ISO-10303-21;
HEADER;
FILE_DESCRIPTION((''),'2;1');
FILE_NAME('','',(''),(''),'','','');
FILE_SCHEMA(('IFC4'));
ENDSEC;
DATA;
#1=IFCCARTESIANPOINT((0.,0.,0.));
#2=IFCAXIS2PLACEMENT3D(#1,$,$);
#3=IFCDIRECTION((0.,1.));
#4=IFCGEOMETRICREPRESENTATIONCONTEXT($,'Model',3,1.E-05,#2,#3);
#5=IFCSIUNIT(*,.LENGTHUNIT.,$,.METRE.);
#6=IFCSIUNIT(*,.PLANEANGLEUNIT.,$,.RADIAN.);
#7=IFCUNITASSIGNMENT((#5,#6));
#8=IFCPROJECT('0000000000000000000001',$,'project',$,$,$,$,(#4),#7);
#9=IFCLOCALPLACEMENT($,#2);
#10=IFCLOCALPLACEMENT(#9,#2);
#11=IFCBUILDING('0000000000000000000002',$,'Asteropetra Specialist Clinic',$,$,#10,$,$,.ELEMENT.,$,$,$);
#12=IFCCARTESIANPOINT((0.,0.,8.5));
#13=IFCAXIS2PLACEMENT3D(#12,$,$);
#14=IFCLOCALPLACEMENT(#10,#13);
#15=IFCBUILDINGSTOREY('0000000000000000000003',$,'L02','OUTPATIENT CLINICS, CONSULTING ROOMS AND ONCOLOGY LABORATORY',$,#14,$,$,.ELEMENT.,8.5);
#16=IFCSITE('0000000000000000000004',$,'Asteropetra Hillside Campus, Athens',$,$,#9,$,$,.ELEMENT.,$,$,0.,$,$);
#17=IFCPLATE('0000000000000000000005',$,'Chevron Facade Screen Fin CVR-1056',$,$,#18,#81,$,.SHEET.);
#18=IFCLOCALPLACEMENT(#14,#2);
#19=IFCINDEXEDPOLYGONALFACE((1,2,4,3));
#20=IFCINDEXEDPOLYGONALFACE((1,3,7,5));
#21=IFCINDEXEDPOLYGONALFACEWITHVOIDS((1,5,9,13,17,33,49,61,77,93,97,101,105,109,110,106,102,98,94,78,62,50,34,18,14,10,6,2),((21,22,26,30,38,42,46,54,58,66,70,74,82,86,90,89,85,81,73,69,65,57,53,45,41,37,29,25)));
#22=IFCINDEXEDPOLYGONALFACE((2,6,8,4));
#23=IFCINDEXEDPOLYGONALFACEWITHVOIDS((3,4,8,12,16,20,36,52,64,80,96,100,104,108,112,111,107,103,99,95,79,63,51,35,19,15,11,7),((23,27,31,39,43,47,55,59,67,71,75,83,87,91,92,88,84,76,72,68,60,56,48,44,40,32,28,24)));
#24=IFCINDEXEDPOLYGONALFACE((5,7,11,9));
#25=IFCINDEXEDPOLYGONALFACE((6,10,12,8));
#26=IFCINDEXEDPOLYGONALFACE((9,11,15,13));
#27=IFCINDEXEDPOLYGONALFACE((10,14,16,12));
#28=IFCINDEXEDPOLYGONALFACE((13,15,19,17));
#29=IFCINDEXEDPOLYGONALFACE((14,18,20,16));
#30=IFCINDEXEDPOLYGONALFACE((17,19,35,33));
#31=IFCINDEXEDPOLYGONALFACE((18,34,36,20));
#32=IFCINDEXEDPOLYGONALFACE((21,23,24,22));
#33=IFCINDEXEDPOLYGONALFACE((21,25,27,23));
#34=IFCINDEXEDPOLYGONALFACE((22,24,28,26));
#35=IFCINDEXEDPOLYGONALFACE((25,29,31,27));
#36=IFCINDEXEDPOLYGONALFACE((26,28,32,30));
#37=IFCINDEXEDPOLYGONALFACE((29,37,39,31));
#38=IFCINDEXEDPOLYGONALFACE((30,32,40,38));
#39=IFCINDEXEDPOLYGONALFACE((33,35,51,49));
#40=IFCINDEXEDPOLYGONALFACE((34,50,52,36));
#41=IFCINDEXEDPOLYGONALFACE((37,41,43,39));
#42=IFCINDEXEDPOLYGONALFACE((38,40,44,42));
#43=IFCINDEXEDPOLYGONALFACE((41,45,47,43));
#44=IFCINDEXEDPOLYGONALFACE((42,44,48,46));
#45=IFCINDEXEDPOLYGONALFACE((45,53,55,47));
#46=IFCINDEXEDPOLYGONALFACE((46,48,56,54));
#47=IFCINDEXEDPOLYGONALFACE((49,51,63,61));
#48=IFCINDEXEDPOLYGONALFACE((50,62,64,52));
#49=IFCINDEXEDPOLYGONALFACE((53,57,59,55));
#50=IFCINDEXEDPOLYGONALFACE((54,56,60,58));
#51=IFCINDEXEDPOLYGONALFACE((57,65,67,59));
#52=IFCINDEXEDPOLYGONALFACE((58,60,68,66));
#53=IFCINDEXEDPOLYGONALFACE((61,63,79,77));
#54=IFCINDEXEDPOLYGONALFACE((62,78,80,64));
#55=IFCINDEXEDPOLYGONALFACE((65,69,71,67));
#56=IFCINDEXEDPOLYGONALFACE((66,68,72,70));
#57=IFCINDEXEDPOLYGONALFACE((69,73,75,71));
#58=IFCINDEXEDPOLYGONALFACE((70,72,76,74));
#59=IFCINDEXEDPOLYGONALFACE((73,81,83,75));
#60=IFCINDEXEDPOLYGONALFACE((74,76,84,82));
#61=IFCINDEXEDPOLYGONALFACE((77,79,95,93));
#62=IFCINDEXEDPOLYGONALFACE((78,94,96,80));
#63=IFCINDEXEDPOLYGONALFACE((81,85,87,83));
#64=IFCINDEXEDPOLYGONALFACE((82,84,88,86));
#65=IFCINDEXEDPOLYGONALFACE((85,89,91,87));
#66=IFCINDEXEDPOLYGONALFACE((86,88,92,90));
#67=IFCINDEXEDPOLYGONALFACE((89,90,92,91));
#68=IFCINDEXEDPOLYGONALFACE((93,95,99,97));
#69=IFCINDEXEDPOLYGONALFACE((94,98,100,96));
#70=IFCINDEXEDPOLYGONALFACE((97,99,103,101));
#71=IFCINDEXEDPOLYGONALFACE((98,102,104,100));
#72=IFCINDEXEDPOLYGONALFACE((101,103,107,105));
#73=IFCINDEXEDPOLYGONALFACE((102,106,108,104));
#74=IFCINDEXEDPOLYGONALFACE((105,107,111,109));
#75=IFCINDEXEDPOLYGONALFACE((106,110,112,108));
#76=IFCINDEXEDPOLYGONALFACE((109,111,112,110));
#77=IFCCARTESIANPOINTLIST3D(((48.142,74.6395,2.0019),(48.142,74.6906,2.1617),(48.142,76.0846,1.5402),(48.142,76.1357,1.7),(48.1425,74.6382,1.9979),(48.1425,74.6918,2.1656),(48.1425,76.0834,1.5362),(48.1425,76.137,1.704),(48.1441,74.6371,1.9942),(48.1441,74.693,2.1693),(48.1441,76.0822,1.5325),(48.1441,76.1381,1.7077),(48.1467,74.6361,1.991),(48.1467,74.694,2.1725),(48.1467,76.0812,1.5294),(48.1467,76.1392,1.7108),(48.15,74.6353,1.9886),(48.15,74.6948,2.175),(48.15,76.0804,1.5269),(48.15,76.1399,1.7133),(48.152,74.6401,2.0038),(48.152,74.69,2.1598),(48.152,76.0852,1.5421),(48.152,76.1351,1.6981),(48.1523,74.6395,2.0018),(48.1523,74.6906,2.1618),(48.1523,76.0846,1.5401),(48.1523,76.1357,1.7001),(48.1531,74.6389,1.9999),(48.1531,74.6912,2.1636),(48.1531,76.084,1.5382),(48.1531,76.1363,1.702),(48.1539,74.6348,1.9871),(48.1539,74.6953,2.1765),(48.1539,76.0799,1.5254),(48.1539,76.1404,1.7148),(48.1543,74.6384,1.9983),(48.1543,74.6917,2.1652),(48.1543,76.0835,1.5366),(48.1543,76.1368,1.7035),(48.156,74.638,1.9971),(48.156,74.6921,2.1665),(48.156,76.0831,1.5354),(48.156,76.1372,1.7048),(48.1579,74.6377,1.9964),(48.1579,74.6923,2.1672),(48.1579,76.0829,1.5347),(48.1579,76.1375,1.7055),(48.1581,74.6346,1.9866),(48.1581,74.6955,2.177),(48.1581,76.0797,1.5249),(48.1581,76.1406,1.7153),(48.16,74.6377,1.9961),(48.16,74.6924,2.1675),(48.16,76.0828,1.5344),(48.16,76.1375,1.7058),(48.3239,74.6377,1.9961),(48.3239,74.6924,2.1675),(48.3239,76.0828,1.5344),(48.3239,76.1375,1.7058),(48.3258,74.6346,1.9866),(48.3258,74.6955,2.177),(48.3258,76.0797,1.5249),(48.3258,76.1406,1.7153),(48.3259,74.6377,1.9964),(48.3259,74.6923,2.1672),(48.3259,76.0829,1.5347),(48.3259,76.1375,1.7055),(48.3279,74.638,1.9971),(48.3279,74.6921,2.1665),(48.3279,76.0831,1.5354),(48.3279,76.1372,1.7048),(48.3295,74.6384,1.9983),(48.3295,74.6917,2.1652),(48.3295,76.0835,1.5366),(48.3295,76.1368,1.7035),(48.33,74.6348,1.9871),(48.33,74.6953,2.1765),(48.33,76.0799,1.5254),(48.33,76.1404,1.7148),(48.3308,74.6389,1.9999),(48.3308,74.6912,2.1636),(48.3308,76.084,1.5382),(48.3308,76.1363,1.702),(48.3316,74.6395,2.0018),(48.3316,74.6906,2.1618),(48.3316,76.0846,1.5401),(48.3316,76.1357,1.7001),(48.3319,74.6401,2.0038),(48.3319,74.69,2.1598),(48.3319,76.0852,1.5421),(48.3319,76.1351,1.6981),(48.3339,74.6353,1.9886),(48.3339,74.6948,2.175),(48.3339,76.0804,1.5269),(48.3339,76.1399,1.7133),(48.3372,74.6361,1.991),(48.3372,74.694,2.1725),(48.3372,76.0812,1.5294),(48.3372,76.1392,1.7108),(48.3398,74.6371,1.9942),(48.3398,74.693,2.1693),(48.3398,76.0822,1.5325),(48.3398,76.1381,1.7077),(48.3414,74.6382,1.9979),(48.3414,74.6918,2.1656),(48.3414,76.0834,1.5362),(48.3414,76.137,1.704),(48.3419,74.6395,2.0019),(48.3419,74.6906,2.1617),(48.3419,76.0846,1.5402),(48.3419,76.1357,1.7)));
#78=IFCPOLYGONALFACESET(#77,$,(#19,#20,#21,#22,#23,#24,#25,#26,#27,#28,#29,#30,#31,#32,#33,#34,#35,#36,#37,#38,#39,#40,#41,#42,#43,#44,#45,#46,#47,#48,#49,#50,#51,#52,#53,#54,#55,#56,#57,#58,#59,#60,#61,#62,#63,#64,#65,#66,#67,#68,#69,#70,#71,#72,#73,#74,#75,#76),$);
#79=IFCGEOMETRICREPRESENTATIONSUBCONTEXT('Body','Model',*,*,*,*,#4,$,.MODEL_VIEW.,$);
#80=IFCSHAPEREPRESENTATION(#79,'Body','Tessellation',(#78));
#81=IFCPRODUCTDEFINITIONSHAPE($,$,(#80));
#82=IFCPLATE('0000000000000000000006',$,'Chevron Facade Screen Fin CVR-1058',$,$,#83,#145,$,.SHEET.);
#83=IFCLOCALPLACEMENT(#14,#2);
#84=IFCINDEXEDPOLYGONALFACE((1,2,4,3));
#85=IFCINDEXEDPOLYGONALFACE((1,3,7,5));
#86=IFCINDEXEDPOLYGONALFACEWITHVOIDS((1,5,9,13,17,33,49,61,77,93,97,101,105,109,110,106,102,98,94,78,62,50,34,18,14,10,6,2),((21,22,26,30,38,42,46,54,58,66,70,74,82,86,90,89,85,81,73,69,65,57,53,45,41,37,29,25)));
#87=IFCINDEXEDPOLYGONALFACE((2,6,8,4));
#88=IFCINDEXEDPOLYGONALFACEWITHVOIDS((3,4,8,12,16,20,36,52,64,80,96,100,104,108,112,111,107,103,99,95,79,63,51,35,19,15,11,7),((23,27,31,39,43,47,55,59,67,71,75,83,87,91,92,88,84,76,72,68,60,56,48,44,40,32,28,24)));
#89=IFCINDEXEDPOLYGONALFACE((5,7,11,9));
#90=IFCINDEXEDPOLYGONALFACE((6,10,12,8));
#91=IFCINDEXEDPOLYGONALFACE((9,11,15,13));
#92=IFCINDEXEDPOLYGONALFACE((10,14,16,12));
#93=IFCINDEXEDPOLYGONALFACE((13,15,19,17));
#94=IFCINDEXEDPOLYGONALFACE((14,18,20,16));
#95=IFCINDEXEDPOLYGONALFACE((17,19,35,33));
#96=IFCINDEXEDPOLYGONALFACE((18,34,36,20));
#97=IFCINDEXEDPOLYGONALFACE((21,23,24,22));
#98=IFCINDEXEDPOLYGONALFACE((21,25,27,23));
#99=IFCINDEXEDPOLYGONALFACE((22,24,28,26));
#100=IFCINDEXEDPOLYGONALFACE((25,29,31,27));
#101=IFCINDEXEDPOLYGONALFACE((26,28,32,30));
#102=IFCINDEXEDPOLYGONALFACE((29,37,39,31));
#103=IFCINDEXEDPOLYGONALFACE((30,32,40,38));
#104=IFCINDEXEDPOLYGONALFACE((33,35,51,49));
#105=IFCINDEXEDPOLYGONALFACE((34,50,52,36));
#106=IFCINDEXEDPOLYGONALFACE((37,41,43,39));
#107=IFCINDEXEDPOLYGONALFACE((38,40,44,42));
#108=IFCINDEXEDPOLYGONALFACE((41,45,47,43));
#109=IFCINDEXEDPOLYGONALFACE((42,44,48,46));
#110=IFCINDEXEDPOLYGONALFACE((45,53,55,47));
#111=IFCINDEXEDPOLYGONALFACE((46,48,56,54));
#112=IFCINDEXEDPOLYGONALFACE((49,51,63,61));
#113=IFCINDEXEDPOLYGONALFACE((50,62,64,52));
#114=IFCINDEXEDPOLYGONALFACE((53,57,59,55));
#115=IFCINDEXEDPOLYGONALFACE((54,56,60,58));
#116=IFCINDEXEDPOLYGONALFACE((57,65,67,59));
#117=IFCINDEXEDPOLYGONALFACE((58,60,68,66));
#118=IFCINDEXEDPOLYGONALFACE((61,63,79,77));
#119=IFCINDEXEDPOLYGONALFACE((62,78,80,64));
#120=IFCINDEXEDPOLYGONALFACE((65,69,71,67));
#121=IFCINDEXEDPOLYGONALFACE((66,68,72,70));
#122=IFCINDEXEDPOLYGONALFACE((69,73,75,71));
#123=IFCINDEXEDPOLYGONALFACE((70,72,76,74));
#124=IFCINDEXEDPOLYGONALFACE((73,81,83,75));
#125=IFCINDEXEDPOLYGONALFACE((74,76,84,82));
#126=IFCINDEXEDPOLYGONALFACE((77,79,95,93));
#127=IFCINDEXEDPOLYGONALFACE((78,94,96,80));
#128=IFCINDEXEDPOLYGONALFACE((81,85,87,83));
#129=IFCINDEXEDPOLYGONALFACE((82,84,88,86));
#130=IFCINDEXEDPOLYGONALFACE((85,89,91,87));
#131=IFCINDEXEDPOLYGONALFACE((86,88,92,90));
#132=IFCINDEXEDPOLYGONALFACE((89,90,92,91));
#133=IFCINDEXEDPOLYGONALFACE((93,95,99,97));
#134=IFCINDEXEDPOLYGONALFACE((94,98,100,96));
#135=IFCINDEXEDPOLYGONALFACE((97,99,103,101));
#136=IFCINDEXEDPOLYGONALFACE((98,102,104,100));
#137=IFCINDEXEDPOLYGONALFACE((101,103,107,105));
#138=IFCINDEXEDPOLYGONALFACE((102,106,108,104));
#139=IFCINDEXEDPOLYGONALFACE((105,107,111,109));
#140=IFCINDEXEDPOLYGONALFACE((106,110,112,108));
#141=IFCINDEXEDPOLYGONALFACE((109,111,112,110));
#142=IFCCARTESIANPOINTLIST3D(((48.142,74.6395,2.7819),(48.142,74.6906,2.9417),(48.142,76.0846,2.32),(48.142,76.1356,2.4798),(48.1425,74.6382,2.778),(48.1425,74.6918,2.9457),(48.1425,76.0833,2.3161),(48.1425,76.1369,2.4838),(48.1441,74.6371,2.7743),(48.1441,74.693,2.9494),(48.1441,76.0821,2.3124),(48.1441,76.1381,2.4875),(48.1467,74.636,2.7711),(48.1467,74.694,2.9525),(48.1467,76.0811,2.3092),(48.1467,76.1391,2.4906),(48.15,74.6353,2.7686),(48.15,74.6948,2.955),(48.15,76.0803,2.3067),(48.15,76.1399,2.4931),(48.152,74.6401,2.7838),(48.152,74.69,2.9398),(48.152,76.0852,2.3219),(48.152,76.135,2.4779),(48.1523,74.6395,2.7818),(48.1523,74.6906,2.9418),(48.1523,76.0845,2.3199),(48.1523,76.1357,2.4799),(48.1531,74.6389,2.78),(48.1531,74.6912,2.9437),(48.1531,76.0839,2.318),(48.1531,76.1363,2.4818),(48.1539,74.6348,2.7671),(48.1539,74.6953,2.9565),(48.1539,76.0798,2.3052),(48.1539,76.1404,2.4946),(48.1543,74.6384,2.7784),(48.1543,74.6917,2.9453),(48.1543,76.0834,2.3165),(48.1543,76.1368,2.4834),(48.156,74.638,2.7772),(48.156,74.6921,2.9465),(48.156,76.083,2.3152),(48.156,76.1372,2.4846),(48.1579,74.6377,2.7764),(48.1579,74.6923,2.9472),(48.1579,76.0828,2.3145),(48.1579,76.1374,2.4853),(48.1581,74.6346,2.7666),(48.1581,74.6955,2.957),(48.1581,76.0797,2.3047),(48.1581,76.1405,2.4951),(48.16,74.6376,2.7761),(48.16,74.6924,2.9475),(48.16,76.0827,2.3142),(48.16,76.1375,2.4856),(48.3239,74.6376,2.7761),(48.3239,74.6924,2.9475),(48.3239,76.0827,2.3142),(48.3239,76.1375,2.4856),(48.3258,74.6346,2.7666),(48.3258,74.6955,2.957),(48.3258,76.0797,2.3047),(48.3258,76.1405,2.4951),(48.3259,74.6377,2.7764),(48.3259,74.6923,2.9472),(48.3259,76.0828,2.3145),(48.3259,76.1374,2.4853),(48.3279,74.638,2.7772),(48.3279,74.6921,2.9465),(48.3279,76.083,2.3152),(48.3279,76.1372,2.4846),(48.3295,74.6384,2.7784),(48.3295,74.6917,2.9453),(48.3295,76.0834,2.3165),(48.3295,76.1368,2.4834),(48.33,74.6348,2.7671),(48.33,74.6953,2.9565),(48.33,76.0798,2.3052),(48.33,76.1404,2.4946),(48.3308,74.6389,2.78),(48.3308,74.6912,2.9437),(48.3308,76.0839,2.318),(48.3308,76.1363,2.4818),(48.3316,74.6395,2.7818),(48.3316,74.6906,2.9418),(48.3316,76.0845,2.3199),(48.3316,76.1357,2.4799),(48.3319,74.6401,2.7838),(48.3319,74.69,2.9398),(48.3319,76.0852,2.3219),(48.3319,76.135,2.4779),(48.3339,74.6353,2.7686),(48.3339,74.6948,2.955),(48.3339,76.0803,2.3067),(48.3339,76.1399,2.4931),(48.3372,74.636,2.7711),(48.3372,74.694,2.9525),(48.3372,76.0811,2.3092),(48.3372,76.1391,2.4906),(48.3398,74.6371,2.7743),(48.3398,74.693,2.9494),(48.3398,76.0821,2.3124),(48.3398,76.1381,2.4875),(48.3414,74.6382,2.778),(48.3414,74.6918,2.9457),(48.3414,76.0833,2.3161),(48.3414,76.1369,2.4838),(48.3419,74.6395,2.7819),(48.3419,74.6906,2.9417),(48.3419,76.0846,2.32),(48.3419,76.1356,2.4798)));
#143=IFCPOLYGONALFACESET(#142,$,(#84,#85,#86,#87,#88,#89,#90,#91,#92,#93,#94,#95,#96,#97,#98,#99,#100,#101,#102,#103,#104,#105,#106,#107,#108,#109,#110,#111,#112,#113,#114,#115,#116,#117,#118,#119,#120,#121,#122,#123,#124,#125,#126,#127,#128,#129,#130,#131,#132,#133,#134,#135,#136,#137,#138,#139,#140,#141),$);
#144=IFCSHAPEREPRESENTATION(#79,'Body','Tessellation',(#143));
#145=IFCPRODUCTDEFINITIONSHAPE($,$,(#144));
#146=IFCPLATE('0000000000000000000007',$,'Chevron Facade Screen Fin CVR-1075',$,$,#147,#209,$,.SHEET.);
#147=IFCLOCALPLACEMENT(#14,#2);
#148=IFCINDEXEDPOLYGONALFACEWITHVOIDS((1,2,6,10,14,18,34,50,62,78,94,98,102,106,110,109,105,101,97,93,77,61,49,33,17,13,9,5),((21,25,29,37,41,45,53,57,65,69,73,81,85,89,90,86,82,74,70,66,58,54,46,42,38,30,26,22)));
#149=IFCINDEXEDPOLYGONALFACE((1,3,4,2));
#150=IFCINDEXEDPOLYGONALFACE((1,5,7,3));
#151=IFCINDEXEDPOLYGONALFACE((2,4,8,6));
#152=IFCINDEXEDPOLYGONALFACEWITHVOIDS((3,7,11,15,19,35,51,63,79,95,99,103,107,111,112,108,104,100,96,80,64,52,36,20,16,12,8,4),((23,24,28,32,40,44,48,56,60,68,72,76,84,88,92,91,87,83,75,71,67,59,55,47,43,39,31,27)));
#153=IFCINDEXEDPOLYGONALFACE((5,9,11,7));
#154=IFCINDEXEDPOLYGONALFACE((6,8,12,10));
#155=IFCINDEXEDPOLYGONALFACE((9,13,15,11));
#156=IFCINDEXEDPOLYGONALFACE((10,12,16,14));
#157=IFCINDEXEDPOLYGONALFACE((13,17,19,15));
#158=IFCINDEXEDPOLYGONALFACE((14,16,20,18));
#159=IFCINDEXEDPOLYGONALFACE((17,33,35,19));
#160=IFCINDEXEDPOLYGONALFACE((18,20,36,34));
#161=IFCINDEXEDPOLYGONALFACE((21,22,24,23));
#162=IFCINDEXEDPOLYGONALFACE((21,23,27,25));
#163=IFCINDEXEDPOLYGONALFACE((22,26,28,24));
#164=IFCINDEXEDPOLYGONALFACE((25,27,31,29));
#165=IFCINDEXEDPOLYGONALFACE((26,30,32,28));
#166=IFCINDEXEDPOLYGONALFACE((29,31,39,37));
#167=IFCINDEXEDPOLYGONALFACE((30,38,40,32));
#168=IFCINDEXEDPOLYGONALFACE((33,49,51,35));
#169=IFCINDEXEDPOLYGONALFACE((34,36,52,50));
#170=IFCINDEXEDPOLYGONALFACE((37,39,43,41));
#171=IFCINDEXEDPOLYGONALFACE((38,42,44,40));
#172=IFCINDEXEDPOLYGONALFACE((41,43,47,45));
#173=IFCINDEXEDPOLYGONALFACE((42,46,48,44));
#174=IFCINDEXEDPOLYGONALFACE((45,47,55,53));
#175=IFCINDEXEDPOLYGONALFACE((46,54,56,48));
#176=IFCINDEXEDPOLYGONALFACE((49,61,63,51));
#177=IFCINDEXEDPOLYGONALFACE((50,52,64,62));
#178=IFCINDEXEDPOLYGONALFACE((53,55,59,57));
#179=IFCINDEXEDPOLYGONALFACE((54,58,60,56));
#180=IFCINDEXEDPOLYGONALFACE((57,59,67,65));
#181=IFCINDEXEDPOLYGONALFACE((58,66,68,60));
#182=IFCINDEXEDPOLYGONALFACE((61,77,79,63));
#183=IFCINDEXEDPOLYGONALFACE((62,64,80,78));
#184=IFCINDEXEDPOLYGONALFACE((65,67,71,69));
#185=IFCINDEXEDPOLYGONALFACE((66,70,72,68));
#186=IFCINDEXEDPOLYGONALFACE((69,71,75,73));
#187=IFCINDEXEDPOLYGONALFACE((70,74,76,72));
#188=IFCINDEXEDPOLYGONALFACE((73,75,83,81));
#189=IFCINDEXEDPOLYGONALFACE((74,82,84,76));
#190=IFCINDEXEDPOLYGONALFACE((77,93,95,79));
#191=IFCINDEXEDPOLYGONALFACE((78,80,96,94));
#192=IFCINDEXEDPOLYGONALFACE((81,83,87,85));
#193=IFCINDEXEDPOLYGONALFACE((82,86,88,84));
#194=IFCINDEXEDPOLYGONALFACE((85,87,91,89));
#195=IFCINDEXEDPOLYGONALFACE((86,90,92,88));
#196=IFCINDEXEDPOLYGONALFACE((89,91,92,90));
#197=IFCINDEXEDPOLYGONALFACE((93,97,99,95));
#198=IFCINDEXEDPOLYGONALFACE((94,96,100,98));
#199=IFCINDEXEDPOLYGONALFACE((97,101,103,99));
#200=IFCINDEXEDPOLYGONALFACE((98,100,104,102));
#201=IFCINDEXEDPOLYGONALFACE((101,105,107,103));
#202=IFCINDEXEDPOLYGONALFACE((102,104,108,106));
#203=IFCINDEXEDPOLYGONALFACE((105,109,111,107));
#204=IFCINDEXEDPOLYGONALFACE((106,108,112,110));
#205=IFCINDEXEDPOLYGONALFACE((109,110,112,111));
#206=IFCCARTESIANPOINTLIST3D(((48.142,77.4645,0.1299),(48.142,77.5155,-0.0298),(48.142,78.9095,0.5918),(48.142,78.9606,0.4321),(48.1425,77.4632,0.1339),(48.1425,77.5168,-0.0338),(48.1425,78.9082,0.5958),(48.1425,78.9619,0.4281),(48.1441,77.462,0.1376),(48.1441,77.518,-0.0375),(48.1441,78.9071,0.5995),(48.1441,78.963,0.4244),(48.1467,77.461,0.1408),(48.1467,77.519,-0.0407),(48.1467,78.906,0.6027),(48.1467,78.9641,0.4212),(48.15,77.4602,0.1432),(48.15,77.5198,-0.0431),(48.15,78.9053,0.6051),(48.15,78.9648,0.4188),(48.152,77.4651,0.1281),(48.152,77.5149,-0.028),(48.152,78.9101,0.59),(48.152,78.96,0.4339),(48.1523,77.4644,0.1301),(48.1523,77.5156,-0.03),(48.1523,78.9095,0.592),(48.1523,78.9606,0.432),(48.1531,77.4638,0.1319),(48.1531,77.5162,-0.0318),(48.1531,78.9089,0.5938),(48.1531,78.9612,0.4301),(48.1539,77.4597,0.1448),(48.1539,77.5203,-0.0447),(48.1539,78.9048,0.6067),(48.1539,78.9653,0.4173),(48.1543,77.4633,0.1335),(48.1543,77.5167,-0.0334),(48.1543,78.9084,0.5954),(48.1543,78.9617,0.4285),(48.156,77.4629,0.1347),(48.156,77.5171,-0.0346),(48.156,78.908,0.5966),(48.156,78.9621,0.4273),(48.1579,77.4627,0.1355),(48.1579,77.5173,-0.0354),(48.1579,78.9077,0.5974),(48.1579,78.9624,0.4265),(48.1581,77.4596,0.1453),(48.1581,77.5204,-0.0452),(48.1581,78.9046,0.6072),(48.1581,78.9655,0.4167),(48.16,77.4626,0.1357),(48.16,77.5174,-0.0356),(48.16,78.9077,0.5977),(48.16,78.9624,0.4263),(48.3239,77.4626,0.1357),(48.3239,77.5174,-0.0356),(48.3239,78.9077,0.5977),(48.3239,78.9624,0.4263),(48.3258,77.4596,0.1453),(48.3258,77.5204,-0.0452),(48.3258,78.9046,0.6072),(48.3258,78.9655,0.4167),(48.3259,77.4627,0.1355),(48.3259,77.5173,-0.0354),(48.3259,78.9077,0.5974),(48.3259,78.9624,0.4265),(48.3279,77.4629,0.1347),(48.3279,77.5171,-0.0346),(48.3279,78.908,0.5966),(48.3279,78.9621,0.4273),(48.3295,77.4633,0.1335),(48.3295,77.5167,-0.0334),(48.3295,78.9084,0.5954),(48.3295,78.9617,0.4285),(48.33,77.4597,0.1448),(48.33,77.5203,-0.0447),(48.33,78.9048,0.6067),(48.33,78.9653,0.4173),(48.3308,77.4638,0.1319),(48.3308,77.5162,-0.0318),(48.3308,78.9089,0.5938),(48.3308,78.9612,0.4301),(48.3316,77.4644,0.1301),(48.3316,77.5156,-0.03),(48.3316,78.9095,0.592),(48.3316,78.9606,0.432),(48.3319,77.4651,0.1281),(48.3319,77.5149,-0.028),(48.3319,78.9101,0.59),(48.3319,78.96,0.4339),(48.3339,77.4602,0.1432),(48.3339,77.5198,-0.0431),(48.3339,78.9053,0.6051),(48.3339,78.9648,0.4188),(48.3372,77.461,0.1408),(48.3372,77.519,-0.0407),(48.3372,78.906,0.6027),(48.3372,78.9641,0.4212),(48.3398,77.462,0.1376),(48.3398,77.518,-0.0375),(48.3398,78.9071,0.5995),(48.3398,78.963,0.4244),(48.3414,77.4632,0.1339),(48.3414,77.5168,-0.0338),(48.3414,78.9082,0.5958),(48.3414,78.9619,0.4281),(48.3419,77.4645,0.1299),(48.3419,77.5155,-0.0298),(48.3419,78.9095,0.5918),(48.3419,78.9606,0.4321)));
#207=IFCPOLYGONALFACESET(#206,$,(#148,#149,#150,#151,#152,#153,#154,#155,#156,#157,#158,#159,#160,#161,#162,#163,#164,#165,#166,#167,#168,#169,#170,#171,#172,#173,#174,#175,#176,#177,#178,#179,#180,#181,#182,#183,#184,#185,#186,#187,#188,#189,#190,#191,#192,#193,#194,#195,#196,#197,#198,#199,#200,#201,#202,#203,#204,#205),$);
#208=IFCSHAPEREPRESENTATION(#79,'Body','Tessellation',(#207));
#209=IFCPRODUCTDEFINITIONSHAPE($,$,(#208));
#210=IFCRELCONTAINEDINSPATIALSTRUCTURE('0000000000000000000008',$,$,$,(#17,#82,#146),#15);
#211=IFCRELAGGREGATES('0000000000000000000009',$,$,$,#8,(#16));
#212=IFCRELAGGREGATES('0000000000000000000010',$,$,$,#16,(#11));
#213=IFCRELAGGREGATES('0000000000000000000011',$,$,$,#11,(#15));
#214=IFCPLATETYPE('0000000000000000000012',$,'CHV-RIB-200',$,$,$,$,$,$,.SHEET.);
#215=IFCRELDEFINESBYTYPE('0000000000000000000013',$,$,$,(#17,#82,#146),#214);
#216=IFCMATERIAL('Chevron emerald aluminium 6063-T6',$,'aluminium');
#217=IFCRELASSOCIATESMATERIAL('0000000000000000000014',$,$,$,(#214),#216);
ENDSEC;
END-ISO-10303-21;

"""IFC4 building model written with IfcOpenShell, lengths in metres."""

from ifc_helpers import new_model, si_unit, direction, frame, origin, origin_2d, place, context, subcontext, project, spatial, hollow_rectangle, extrude, material, material_profile, profile_set, type_object, element, save


model = new_model("IFC4")

# Units and contexts
model_context = context("Model", 3, precision=1e-05, world=origin(), true_north=direction((0.0, 1.0)))
body_context = subcontext(model_context, "Body", "Model", "MODEL_VIEW")
ifc_project = project(units=[si_unit("LENGTHUNIT", "METRE"), si_unit("PLANEANGLEUNIT", "RADIAN")], contexts=[model_context])

# Site, building, storey
site_placement = place(None, origin())
site = spatial("IfcSite", under=ifc_project, at=site_placement, Name="Asteropetra Hillside Campus, Athens", CompositionType="ELEMENT", RefElevation=0.0)
building_placement = place(site_placement, origin())
building = spatial("IfcBuilding", under=site, at=building_placement, Name="Asteropetra Specialist Clinic", CompositionType="ELEMENT")
storey_placement = place(building_placement, frame((0.0, 0.0, 8.5)))
storey = spatial("IfcBuildingStorey", under=building, at=storey_placement, Name="L02", Description="OUTPATIENT CLINICS, CONSULTING ROOMS AND ONCOLOGY LABORATORY", CompositionType="ELEMENT", Elevation=8.5)

# Plates
ifc_material_1 = material(Name="Chevron emerald aluminium 6063-T6", Category="aluminium")
ifc_material_profile_1 = material_profile(ifc_material_1, hollow_rectangle(XDim=0.2, YDim=0.2, WallThickness=0.01, InnerFilletRadius=0.0081, OuterFilletRadius=0.0161, at=origin_2d()), Name="SHS 200x200x10.0")
ifc_profile_set_1 = profile_set([ifc_material_profile_1], Name="Chevron emerald aluminium 6063-T6")
plate_type_1 = type_object("IfcPlateType", Name="CHV-RIB-200", PredefinedType="SHEET", material=ifc_profile_set_1)
for number, where, z_axis, x_axis, name in (
    (1, (48.2419, 74.665, 2.0818), (0.0, 0.952568, -0.304326), (-1.0, 0.0, 0.0), "Chevron Facade Screen Fin CVR-1056"),
    (2, (48.2419, 74.665, 2.8618), (0.0, 0.952521, -0.304472), (-1.0, 0.0, 0.0), "Chevron Facade Screen Fin CVR-1058"),
    (3, (48.2419, 77.49, 0.05), (0.0, 0.952521, 0.304472), (-1.0, 0.0, 0.0), "Chevron Facade Screen Fin CVR-1075"),
):
    element("IfcPlate", number, at=place(storey_placement, frame(where, z_axis=z_axis, x_axis=x_axis)), inside=storey, type_object=plate_type_1, Name=name, PredefinedType="SHEET", context=body_context, shape_type="SweptSolid", body=[
        extrude(hollow_rectangle(XDim=0.2, YDim=0.2, WallThickness=0.01, InnerFilletRadius=0.0081, OuterFilletRadius=0.0161, at=origin_2d()), origin(), (0.0, 0.0, 1.0), 1.5171),
    ])

save(model, "model.ifc")
